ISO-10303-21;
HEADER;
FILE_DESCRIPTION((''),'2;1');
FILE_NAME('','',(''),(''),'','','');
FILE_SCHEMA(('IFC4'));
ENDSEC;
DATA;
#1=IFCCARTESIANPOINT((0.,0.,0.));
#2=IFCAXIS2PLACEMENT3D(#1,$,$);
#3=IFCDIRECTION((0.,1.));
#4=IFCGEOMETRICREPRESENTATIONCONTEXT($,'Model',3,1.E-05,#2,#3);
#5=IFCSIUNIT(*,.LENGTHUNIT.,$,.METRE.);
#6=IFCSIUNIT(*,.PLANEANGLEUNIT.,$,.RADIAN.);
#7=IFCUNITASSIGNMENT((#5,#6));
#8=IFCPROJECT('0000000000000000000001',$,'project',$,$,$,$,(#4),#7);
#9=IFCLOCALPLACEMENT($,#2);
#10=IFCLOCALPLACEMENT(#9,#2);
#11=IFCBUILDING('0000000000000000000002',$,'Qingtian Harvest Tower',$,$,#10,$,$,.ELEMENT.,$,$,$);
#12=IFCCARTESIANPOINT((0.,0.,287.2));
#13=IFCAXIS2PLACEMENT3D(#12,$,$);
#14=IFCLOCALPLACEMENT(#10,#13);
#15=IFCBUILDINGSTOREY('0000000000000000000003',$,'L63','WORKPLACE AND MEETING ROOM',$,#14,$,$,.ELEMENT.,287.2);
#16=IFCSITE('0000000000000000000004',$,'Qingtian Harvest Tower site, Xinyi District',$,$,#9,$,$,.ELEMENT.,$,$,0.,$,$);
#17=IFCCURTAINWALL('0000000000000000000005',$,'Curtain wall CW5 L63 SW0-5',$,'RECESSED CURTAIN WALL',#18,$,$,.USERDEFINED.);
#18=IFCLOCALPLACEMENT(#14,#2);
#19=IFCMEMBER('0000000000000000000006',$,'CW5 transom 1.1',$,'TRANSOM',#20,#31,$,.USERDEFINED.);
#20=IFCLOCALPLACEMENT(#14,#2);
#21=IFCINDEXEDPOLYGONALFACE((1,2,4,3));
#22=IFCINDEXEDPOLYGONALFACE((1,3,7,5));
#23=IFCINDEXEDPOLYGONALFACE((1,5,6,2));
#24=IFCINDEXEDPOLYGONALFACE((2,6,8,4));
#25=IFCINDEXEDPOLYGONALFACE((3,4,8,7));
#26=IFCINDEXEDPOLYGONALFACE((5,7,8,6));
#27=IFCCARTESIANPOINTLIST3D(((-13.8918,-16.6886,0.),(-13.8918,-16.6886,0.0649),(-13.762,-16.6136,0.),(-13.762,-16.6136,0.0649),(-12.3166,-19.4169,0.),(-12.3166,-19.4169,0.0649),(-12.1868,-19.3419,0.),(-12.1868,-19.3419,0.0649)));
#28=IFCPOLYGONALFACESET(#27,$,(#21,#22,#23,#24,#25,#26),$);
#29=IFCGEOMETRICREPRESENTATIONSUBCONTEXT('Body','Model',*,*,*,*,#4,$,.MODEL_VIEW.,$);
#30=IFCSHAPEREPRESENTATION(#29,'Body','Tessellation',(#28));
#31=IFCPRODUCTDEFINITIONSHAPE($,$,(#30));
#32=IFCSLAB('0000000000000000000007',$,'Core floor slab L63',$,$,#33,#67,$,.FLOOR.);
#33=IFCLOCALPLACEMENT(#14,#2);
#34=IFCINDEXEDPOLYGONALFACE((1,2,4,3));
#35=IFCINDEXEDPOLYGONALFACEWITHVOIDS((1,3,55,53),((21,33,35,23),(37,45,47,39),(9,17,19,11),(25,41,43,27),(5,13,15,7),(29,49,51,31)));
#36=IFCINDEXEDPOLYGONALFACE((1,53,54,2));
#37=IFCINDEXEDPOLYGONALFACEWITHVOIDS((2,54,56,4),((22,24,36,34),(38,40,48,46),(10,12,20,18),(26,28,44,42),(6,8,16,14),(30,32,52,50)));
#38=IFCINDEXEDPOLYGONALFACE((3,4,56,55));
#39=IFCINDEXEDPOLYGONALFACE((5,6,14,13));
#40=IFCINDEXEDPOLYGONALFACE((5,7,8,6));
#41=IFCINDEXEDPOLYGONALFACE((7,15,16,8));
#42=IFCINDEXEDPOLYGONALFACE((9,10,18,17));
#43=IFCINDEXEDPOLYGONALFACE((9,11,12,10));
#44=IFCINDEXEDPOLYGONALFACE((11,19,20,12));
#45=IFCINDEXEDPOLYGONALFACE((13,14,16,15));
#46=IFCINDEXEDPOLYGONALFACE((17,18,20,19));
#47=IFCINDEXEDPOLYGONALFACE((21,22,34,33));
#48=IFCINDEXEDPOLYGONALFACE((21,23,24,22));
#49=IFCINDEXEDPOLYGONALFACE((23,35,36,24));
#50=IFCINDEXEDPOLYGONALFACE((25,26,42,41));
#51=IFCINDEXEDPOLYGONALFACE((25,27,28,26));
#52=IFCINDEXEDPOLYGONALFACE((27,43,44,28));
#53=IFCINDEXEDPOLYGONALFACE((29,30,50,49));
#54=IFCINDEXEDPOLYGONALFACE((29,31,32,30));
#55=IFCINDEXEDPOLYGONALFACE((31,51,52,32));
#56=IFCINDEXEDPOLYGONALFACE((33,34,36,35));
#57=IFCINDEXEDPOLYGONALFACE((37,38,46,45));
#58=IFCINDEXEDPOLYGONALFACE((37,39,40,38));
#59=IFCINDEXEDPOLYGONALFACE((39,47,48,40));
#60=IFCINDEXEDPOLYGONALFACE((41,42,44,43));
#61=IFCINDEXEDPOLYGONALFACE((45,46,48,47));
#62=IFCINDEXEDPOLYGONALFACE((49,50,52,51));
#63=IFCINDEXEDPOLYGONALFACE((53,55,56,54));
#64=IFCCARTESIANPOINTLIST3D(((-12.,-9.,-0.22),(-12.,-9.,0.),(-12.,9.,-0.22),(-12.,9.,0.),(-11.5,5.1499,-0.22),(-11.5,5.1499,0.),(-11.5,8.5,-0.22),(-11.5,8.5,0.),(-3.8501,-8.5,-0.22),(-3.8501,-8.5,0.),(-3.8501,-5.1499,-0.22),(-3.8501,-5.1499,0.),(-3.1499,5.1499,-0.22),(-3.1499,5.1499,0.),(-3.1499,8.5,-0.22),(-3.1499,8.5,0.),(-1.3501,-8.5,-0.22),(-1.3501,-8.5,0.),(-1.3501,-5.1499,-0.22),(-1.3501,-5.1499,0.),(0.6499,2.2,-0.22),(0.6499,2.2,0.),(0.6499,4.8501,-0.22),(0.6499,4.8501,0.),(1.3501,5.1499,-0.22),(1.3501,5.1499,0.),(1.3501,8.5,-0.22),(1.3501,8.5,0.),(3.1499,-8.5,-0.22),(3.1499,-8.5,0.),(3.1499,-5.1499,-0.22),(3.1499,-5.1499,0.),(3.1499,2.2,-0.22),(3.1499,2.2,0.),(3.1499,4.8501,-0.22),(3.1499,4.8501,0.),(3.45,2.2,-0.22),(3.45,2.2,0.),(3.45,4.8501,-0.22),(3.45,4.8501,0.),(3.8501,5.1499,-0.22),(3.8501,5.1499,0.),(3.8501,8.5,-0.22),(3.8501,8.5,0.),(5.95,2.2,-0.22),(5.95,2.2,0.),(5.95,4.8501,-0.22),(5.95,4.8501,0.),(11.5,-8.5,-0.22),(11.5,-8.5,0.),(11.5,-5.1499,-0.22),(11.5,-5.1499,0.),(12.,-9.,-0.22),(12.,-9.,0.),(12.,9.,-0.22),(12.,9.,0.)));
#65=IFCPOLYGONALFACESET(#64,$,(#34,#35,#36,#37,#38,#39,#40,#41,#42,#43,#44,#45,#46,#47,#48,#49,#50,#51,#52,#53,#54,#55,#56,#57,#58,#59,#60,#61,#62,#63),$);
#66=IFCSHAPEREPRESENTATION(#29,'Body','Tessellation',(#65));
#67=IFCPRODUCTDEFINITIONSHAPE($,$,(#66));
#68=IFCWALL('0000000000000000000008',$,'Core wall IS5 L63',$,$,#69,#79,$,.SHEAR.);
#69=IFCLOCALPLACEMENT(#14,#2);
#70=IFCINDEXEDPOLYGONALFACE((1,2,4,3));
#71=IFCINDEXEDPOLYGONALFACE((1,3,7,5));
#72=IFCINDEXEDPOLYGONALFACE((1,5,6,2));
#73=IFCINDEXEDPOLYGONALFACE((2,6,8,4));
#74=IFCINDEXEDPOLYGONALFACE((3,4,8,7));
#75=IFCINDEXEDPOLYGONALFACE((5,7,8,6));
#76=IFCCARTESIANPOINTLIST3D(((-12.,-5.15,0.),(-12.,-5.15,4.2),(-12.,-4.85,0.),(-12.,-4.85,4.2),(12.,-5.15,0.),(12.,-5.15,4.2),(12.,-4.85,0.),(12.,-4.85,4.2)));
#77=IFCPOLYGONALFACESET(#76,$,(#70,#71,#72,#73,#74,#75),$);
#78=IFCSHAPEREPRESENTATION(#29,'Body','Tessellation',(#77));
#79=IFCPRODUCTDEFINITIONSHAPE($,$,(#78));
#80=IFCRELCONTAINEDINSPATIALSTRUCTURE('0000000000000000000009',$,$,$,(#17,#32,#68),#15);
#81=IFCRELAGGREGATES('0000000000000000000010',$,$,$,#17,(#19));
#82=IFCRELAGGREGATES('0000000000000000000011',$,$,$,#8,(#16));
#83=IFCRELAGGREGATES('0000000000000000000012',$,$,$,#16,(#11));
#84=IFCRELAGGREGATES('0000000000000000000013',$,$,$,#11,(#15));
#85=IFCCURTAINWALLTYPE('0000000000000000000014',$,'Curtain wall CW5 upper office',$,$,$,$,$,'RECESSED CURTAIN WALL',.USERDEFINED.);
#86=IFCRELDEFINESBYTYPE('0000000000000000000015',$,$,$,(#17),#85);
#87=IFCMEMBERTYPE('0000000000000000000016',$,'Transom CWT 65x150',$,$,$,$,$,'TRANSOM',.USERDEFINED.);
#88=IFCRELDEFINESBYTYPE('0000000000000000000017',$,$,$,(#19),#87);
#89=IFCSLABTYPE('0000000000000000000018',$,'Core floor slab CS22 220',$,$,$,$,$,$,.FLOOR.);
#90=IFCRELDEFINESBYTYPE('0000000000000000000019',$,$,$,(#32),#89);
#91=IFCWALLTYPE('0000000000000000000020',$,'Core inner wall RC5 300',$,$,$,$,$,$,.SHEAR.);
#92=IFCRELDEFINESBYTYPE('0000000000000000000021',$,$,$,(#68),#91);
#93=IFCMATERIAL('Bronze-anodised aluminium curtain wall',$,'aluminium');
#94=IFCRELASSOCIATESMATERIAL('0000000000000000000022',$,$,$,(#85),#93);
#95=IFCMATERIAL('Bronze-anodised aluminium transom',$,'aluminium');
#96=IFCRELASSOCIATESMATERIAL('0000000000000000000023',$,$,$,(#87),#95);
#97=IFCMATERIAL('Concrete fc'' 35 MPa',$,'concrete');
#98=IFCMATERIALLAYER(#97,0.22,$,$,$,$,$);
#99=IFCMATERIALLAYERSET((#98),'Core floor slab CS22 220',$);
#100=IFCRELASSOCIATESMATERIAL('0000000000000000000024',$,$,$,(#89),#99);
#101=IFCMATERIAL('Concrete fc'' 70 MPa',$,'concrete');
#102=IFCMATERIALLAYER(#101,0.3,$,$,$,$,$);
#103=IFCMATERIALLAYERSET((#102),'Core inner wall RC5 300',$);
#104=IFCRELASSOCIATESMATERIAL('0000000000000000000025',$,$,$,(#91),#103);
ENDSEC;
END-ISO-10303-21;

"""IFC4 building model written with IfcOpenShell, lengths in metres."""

from ifc_helpers import new_model, si_unit, direction, frame, frame_2d, origin, origin_2d, place, context, subcontext, project, spatial, polyline, rectangle, outline, extrude, material, layer, layer_set, material_profile, profile_set, type_object, element, aggregate, save


model = new_model("IFC4")

# Units and contexts
model_context = context("Model", 3, precision=1e-05, world=origin(), true_north=direction((0.0, 1.0)))
body_context = subcontext(model_context, "Body", "Model", "MODEL_VIEW")
ifc_project = project(units=[si_unit("LENGTHUNIT", "METRE"), si_unit("PLANEANGLEUNIT", "RADIAN")], contexts=[model_context])

# Site, building, storey
site_placement = place(None, origin())
site = spatial("IfcSite", under=ifc_project, at=site_placement, Name="Qingtian Harvest Tower site, Xinyi District", CompositionType="ELEMENT", RefElevation=0.0)
building_placement = place(site_placement, origin())
building = spatial("IfcBuilding", under=site, at=building_placement, Name="Qingtian Harvest Tower", CompositionType="ELEMENT")
storey_placement = place(building_placement, frame((0.0, 0.0, 287.2)))
storey = spatial("IfcBuildingStorey", under=building, at=storey_placement, Name="L63", Description="WORKPLACE AND MEETING ROOM", CompositionType="ELEMENT", Elevation=287.2)

# Curtain wall, member
ifc_material_1 = material(Name="Bronze-anodised aluminium curtain wall", Category="aluminium")
curtain_wall_type = type_object("IfcCurtainWallType", Name="Curtain wall CW5 upper office", ElementType="RECESSED CURTAIN WALL", PredefinedType="USERDEFINED", material=ifc_material_1)
curtain_wall_placement = place(storey_placement, origin())
curtain_wall = element("IfcCurtainWall", 1, at=curtain_wall_placement, inside=storey, type_object=curtain_wall_type, Name="Curtain wall CW5 L63 SW0-5", ObjectType="RECESSED CURTAIN WALL", PredefinedType="USERDEFINED")
ifc_material_2 = material(Name="Bronze-anodised aluminium transom", Category="aluminium")
ifc_material_profile = material_profile(ifc_material_2, rectangle(XDim=0.1499, YDim=0.0649, at=origin_2d()), Name="AL 65x150")
ifc_profile_set = profile_set([ifc_material_profile], Name="Bronze-anodised aluminium transom")
member_type = type_object("IfcMemberType", Name="Transom CWT 65x150", ElementType="TRANSOM", PredefinedType="USERDEFINED", material=ifc_profile_set)
member_placement = place(storey_placement, frame((-12.2517, -19.3794, 0.0325), z_axis=(-0.500006, 0.866022, 0.0), x_axis=(-0.866022, -0.500006, 0.0)))
member = element("IfcMember", 2, at=member_placement, type_object=member_type, Name="CW5 transom 1.1", ObjectType="TRANSOM", PredefinedType="USERDEFINED", context=body_context, shape_type="SweptSolid", body=[
    extrude(rectangle(XDim=0.1499, YDim=0.0649, at=origin_2d()), origin(), (0.0, 0.0, 1.0), 3.1504),
])
aggregate(curtain_wall, [member])

# Slab
ifc_material_3 = material(Name="Concrete fc' 35 MPa", Category="concrete")
ifc_layer_1 = layer(ifc_material_3, 0.22)
ifc_layer_set_1 = layer_set([ifc_layer_1], Name="Core floor slab CS22 220")
slab_type = type_object("IfcSlabType", Name="Core floor slab CS22 220", PredefinedType="FLOOR", material=ifc_layer_set_1)
slab_placement = place(storey_placement, frame((0.0, 0.0, -0.22)))
element("IfcSlab", 3, at=slab_placement, inside=storey, type_object=slab_type, Name="Core floor slab L63", PredefinedType="FLOOR", context=body_context, shape_type="SweptSolid", body=[
    extrude(outline(polyline([(-12.0, -9.0), (12.0, -9.0), (12.0, 9.0), (-12.0, 9.0), (-12.0, -9.0)]), holes=[polyline([(-11.5, 5.1499), (-3.1499, 5.1499), (-3.1499, 8.5), (-11.5, 8.5), (-11.5, 5.1499)]), polyline([(3.1499, -8.5), (11.5, -8.5), (11.5, -5.1499), (3.1499, -5.1499), (3.1499, -8.5)]), polyline([(1.3501, 5.1499), (3.8501, 5.1499), (3.8501, 8.5), (1.3501, 8.5), (1.3501, 5.1499)]), polyline([(-3.8501, -8.5), (-1.3501, -8.5), (-1.3501, -5.1499), (-3.8501, -5.1499), (-3.8501, -8.5)]), polyline([(0.6499, 2.2), (3.1499, 2.2), (3.1499, 4.8501), (0.6499, 4.8501), (0.6499, 2.2)]), polyline([(3.45, 2.2), (5.95, 2.2), (5.95, 4.8501), (3.45, 4.8501), (3.45, 2.2)])]), origin(), (0.0, 0.0, 1.0), 0.22),
])

# Wall
ifc_material_4 = material(Name="Concrete fc' 70 MPa", Category="concrete")
ifc_layer_2 = layer(ifc_material_4, 0.3)
ifc_layer_set_2 = layer_set([ifc_layer_2], Name="Core inner wall RC5 300")
wall_type_1 = type_object("IfcWallType", Name="Core inner wall RC5 300", PredefinedType="SHEAR", material=ifc_layer_set_2)
wall_1_placement = place(storey_placement, frame((-12.0, -5.0, 0.0), z_axis=(0.0, 0.0, 1.0), x_axis=(1.0, 0.0, 0.0)))
element("IfcWall", 4, at=wall_1_placement, inside=storey, type_object=wall_type_1, Name="Core wall IS5 L63", PredefinedType="SHEAR", context=body_context, shape_type="SweptSolid", body=[
    extrude(rectangle(XDim=24.0, YDim=0.3, at=frame_2d((12.0, 0.0))), origin(), (0.0, 0.0, 1.0), 4.2),
])

save(model, "model.ifc")
